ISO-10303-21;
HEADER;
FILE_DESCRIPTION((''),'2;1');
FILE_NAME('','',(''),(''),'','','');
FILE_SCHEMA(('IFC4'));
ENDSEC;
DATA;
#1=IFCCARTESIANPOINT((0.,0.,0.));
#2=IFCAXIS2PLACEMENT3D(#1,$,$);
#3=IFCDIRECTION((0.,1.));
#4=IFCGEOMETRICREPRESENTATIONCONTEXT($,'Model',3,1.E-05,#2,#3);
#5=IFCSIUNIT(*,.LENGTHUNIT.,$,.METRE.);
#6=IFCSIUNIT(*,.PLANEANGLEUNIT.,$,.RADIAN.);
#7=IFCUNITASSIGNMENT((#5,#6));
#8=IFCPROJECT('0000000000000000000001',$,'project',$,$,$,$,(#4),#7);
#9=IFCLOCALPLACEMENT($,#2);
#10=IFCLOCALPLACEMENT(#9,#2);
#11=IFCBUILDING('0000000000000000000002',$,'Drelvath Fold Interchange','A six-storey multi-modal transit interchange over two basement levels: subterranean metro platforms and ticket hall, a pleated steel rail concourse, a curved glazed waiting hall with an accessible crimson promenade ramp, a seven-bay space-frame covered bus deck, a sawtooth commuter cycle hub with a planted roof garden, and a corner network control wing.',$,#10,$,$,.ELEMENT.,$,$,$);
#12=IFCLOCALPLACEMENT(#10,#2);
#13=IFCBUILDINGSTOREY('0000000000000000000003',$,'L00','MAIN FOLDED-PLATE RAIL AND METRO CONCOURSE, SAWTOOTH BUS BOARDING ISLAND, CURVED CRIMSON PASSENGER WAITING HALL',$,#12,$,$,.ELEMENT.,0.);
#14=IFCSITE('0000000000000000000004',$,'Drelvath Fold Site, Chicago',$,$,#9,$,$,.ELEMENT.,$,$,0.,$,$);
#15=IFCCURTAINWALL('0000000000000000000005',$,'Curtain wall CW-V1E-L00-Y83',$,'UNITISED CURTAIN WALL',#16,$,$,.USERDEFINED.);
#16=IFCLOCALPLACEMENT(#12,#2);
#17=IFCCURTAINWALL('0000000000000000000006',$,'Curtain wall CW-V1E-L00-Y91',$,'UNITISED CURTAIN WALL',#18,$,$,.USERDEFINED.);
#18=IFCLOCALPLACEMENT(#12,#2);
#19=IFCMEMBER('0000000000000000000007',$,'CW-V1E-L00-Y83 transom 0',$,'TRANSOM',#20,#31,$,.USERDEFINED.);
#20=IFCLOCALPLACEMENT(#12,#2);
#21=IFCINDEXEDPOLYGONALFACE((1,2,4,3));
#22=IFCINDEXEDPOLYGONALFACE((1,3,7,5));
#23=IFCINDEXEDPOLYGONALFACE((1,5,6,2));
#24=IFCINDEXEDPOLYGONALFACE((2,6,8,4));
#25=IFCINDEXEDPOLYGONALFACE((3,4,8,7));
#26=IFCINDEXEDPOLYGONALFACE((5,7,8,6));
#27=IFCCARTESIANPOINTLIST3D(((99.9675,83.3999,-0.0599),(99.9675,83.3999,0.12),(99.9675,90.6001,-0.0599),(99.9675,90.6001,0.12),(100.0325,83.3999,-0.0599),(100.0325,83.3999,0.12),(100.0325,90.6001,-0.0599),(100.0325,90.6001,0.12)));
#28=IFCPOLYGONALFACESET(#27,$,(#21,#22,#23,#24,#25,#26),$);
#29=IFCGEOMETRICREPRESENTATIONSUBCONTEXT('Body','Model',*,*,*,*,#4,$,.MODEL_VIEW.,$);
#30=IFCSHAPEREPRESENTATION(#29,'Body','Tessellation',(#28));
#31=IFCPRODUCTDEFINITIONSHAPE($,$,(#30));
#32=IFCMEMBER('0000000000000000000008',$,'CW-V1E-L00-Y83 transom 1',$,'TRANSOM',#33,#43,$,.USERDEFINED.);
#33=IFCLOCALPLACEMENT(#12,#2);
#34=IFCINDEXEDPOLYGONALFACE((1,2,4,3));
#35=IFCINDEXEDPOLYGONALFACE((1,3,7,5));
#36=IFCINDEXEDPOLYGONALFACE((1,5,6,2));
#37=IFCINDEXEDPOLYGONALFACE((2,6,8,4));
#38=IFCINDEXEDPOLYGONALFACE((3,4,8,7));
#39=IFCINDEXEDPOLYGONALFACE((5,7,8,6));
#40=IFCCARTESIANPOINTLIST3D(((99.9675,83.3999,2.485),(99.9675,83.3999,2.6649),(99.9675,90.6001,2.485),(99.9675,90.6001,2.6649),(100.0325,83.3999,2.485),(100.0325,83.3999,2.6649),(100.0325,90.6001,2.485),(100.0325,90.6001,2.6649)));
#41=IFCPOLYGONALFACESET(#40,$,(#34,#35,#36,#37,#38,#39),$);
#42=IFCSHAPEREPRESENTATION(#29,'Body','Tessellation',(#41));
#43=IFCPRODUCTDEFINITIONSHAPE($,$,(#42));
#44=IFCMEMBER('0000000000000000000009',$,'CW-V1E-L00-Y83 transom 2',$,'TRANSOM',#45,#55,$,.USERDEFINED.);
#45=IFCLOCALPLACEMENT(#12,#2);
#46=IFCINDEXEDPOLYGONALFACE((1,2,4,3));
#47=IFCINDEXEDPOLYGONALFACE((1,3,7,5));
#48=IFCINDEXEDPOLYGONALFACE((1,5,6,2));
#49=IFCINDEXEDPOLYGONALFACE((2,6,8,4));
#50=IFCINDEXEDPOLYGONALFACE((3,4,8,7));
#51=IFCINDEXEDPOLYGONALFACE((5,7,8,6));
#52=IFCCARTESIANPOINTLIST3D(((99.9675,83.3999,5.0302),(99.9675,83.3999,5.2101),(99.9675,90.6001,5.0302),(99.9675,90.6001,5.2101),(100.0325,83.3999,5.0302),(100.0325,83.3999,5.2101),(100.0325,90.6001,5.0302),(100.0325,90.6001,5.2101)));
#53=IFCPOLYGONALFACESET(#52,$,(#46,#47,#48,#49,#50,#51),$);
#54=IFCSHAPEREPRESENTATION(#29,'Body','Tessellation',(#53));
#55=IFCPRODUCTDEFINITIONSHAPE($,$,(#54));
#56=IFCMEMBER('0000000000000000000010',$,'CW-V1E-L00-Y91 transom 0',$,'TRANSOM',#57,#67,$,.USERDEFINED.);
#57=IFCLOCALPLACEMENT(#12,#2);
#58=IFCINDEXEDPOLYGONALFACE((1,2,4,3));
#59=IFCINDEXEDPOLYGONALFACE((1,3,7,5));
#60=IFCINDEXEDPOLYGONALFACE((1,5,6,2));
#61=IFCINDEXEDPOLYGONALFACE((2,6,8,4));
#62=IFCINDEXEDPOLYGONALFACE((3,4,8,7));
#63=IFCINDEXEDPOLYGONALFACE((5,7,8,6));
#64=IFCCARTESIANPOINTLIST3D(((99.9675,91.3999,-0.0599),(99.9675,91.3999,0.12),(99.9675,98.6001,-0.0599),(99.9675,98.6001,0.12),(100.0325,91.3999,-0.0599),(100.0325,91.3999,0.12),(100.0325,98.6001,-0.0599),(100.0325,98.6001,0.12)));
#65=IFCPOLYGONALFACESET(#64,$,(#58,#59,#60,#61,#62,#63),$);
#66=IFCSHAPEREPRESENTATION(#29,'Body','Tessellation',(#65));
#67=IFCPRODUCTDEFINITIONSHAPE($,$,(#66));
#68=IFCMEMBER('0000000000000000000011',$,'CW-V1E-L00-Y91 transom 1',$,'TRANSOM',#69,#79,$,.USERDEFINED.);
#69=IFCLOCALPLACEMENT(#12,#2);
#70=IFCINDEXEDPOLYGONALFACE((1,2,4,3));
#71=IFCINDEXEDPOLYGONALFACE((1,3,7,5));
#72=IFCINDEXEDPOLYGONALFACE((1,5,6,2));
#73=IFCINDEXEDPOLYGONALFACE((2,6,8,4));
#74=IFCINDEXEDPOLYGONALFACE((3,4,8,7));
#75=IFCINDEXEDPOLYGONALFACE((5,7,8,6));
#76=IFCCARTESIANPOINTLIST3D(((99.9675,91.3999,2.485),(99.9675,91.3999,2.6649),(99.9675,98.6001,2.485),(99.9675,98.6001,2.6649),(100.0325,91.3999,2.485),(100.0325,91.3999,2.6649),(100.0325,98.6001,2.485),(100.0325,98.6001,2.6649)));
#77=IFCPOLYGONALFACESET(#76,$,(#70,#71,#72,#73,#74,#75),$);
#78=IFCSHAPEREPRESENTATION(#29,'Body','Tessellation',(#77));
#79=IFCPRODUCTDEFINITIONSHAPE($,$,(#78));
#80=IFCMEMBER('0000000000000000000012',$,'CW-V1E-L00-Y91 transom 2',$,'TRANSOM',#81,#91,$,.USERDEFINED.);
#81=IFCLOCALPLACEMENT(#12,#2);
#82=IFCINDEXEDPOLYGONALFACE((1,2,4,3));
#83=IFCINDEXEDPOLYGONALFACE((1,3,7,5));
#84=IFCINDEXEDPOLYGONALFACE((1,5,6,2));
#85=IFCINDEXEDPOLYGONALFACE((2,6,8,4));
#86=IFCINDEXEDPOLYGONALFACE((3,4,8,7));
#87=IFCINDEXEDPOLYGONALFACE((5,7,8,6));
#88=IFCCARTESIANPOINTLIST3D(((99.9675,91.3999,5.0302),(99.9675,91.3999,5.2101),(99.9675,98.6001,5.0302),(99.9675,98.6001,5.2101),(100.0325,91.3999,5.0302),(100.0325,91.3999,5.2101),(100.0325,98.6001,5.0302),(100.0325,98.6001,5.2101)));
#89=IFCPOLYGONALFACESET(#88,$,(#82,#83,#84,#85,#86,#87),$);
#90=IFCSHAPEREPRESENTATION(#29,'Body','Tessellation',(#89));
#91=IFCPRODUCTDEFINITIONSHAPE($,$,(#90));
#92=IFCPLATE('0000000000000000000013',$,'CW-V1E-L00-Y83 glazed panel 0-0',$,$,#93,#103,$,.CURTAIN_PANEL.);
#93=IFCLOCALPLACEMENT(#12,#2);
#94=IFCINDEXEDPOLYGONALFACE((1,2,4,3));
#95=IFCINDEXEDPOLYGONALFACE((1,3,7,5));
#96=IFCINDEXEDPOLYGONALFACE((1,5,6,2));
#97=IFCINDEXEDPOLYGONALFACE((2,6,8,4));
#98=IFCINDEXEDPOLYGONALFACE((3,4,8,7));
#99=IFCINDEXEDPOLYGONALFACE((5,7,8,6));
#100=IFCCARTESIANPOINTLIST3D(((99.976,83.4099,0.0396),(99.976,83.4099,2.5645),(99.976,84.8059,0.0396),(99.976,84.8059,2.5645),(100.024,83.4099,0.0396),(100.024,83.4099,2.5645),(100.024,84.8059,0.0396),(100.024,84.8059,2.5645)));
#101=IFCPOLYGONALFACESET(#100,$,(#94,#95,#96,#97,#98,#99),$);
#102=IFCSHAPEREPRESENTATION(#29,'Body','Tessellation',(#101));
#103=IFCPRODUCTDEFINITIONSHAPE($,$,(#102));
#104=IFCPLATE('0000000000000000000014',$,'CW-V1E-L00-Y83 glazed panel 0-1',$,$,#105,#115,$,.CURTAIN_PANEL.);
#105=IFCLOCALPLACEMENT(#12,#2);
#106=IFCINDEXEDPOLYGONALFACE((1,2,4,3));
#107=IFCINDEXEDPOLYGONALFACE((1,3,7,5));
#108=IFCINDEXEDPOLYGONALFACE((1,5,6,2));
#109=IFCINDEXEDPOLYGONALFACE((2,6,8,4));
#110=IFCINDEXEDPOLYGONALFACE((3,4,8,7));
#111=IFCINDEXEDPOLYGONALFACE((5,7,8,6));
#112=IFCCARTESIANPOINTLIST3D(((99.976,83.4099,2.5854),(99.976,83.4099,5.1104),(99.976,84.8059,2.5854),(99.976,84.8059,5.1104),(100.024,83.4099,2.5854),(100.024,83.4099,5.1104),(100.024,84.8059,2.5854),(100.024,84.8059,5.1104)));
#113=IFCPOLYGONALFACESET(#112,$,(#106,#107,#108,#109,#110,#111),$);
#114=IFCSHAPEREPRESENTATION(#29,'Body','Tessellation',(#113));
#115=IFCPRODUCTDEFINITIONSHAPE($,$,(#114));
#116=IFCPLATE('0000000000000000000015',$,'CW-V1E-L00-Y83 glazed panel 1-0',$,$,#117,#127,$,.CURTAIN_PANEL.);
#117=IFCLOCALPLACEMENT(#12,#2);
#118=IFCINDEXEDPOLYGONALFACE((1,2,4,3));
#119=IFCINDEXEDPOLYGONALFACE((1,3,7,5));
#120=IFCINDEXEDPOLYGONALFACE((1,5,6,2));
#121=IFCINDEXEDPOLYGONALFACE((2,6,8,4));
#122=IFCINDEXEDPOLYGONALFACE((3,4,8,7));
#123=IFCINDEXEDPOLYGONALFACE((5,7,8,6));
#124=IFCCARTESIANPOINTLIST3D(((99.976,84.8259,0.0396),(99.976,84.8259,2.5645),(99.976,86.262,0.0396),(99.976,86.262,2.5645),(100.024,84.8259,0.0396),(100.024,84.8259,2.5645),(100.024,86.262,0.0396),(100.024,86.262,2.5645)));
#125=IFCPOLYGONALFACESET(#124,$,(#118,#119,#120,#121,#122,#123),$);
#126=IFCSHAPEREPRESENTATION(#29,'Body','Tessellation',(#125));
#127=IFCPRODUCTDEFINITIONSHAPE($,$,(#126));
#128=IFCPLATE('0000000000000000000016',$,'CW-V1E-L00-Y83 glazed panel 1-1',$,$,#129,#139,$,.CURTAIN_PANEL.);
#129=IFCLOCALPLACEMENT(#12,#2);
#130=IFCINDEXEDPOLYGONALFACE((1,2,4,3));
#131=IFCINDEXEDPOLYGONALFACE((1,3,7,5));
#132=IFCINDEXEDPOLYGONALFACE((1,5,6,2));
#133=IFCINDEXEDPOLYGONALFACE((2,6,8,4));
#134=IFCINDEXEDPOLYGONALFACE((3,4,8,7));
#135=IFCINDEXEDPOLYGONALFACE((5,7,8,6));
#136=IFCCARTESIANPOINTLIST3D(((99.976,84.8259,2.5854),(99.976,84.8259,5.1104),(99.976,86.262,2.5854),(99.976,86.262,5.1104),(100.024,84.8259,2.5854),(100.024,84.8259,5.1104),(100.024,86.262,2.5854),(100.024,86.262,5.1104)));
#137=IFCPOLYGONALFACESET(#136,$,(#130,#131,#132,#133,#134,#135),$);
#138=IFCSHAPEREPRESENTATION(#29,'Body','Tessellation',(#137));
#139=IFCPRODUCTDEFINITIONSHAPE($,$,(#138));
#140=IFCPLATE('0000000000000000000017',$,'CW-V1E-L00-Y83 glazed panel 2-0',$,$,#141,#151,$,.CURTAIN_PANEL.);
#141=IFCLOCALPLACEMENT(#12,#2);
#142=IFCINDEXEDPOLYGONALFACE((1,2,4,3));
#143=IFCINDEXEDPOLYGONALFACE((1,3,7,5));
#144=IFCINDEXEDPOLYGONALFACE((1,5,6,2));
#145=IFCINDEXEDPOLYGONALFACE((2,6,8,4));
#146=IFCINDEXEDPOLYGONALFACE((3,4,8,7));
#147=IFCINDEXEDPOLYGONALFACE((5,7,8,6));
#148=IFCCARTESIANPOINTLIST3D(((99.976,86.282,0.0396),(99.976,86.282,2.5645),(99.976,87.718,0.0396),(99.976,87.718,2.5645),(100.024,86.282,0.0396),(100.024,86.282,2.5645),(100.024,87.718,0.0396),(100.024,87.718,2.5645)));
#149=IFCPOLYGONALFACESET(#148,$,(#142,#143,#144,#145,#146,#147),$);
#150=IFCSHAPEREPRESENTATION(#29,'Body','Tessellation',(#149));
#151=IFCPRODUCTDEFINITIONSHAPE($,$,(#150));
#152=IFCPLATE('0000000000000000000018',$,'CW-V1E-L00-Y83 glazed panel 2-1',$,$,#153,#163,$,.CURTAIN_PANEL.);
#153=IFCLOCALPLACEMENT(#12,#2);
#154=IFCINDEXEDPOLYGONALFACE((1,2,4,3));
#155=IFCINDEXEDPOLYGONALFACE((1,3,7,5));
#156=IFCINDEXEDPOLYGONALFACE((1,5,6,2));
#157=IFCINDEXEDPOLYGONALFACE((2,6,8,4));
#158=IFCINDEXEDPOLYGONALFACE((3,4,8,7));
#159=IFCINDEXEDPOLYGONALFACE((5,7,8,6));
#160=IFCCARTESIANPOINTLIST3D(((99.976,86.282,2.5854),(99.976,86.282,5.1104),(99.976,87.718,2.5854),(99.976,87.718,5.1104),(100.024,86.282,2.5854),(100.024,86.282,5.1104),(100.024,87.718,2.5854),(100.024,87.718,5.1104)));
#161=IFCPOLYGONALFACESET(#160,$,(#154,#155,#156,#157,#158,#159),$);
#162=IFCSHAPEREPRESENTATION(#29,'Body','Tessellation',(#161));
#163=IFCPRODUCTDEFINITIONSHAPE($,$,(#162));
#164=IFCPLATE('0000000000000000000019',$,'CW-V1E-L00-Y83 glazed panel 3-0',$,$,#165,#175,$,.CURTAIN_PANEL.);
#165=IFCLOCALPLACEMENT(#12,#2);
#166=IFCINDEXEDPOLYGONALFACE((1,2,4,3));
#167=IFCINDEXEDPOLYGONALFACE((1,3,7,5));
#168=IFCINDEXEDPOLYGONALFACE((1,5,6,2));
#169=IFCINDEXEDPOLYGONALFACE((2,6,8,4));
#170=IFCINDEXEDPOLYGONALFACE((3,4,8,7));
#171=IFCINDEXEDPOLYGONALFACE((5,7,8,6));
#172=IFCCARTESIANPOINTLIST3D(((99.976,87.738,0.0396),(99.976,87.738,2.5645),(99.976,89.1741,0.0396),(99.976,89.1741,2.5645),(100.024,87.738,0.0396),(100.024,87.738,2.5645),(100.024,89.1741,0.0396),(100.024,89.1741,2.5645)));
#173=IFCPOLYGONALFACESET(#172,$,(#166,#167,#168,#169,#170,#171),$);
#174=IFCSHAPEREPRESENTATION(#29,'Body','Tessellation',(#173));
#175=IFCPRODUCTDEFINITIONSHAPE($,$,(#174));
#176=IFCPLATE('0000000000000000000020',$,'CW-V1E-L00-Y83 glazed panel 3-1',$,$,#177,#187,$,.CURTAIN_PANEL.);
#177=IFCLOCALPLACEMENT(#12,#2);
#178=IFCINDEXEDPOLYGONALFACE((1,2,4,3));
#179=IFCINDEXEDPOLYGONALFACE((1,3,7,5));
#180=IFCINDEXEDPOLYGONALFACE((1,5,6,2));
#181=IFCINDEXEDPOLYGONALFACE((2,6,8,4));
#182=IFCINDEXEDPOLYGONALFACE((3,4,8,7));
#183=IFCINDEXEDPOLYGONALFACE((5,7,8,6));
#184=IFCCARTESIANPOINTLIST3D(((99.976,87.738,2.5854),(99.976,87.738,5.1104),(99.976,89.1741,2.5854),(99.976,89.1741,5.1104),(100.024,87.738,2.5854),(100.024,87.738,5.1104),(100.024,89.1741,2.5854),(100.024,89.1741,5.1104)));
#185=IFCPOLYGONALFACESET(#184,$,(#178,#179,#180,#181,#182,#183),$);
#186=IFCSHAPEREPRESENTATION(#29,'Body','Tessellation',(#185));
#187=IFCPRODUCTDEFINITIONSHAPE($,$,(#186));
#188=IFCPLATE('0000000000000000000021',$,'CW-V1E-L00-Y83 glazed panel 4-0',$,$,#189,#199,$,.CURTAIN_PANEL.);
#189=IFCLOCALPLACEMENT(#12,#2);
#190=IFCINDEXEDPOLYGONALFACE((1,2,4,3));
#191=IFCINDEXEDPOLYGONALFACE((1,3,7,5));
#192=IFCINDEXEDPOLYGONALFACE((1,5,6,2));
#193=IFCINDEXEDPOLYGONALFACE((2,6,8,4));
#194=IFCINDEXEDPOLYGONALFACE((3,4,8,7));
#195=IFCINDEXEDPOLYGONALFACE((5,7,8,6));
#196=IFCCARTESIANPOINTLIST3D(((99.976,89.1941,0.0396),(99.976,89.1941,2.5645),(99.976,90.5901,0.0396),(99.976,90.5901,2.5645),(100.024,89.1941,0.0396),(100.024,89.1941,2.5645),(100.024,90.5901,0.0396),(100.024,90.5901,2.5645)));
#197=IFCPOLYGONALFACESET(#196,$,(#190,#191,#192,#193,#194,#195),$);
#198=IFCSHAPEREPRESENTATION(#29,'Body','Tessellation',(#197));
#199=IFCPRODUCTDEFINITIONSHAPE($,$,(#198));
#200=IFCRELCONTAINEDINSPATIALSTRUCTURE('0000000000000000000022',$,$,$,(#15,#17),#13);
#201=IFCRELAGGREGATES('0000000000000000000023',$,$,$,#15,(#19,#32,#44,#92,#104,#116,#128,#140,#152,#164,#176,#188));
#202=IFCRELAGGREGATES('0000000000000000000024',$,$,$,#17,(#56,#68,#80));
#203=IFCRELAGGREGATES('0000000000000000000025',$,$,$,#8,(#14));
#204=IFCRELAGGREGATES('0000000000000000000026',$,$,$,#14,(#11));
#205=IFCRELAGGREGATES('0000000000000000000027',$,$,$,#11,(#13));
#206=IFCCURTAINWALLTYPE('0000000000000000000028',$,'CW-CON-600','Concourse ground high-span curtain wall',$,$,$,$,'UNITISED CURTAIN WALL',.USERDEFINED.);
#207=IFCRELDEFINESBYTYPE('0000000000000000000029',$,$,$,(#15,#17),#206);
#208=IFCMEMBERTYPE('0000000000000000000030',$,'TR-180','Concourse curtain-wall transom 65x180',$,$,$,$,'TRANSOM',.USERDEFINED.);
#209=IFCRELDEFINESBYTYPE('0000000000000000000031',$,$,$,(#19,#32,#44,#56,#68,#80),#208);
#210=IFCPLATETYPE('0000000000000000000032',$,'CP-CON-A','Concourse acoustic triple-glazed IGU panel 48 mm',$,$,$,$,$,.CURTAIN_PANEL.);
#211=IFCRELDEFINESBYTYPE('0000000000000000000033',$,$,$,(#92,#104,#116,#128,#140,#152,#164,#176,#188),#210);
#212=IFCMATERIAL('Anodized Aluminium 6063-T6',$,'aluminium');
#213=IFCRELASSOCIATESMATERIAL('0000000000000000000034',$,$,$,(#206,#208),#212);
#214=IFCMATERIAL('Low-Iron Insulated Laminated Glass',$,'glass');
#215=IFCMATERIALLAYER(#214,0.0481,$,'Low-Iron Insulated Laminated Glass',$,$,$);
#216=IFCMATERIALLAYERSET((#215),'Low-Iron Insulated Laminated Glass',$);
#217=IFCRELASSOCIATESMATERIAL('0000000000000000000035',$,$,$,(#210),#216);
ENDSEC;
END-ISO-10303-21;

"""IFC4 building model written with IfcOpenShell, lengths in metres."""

from ifc_helpers import new_model, si_unit, direction, frame, origin, origin_2d, place, context, subcontext, project, spatial, rectangle, extrude, material, layer, layer_set, material_profile, profile_set, type_object, element, aggregate, save


model = new_model("IFC4")

# Units and contexts
model_context = context("Model", 3, precision=1e-05, world=origin(), true_north=direction((0.0, 1.0)))
body_context = subcontext(model_context, "Body", "Model", "MODEL_VIEW")
ifc_project = project(units=[si_unit("LENGTHUNIT", "METRE"), si_unit("PLANEANGLEUNIT", "RADIAN")], contexts=[model_context])

# Site, building, storey
site_placement = place(None, origin())
site = spatial("IfcSite", under=ifc_project, at=site_placement, Name="Drelvath Fold Site, Chicago", CompositionType="ELEMENT", RefElevation=0.0)
building_placement = place(site_placement, origin())
building = spatial("IfcBuilding", under=site, at=building_placement, Name="Drelvath Fold Interchange", Description="A six-storey multi-modal transit interchange over two basement levels: subterranean metro platforms and ticket hall, a pleated steel rail concourse, a curved glazed waiting hall with an accessible crimson promenade ramp, a seven-bay space-frame covered bus deck, a sawtooth commuter cycle hub with a planted roof garden, and a corner network control wing.", CompositionType="ELEMENT")
storey_placement = place(building_placement, origin())
storey = spatial("IfcBuildingStorey", under=building, at=storey_placement, Name="L00", Description="MAIN FOLDED-PLATE RAIL AND METRO CONCOURSE, SAWTOOTH BUS BOARDING ISLAND, CURVED CRIMSON PASSENGER WAITING HALL", CompositionType="ELEMENT", Elevation=0.0)

# Curtain walls
ifc_material_1 = material(Name="Anodized Aluminium 6063-T6", Category="aluminium")
curtain_wall_type = type_object("IfcCurtainWallType", Name="CW-CON-600", Description="Concourse ground high-span curtain wall", ElementType="UNITISED CURTAIN WALL", PredefinedType="USERDEFINED", material=ifc_material_1)
curtain_wall_1_placement = place(storey_placement, origin())
curtain_wall_1 = element("IfcCurtainWall", 1, at=curtain_wall_1_placement, inside=storey, type_object=curtain_wall_type, Name="Curtain wall CW-V1E-L00-Y83", ObjectType="UNITISED CURTAIN WALL", PredefinedType="USERDEFINED")
curtain_wall_2_placement = place(storey_placement, origin())
curtain_wall_2 = element("IfcCurtainWall", 2, at=curtain_wall_2_placement, inside=storey, type_object=curtain_wall_type, Name="Curtain wall CW-V1E-L00-Y91", ObjectType="UNITISED CURTAIN WALL", PredefinedType="USERDEFINED")

# Members
ifc_material_profile_1 = material_profile(ifc_material_1, rectangle(XDim=0.0649, YDim=0.1799, at=origin_2d()), Name="AL-T 65x180")
ifc_profile_set_1 = profile_set([ifc_material_profile_1], Name="Anodized Aluminium 6063-T6")
member_type_1 = type_object("IfcMemberType", Name="TR-180", Description="Concourse curtain-wall transom 65x180", ElementType="TRANSOM", PredefinedType="USERDEFINED", material=ifc_profile_set_1)
member_1_placement = place(storey_placement, frame((100.0, 83.3999, 0.03), z_axis=(0.0, 1.0, 0.0), x_axis=(-1.0, 0.0, 0.0)))
member_1 = element("IfcMember", 3, at=member_1_placement, type_object=member_type_1, Name="CW-V1E-L00-Y83 transom 0", ObjectType="TRANSOM", PredefinedType="USERDEFINED", context=body_context, shape_type="SweptSolid", body=[
    extrude(rectangle(XDim=0.0649, YDim=0.1799, at=origin_2d()), origin(), (0.0, 0.0, 1.0), 7.2002),
])
member_2_placement = place(storey_placement, frame((100.0, 83.3999, 2.575), z_axis=(0.0, 1.0, 0.0), x_axis=(-1.0, 0.0, 0.0)))
member_2 = element("IfcMember", 4, at=member_2_placement, type_object=member_type_1, Name="CW-V1E-L00-Y83 transom 1", ObjectType="TRANSOM", PredefinedType="USERDEFINED", context=body_context, shape_type="SweptSolid", body=[
    extrude(rectangle(XDim=0.0649, YDim=0.1799, at=origin_2d()), origin(), (0.0, 0.0, 1.0), 7.2002),
])
member_3_placement = place(storey_placement, frame((100.0, 83.3999, 5.1201), z_axis=(0.0, 1.0, 0.0), x_axis=(-1.0, 0.0, 0.0)))
member_3 = element("IfcMember", 5, at=member_3_placement, type_object=member_type_1, Name="CW-V1E-L00-Y83 transom 2", ObjectType="TRANSOM", PredefinedType="USERDEFINED", context=body_context, shape_type="SweptSolid", body=[
    extrude(rectangle(XDim=0.0649, YDim=0.1799, at=origin_2d()), origin(), (0.0, 0.0, 1.0), 7.2002),
])
member_4_placement = place(storey_placement, frame((100.0, 91.3999, 0.03), z_axis=(0.0, 1.0, 0.0), x_axis=(-1.0, 0.0, 0.0)))
member_4 = element("IfcMember", 6, at=member_4_placement, type_object=member_type_1, Name="CW-V1E-L00-Y91 transom 0", ObjectType="TRANSOM", PredefinedType="USERDEFINED", context=body_context, shape_type="SweptSolid", body=[
    extrude(rectangle(XDim=0.0649, YDim=0.1799, at=origin_2d()), origin(), (0.0, 0.0, 1.0), 7.2002),
])
member_5_placement = place(storey_placement, frame((100.0, 91.3999, 2.575), z_axis=(0.0, 1.0, 0.0), x_axis=(-1.0, 0.0, 0.0)))
member_5 = element("IfcMember", 7, at=member_5_placement, type_object=member_type_1, Name="CW-V1E-L00-Y91 transom 1", ObjectType="TRANSOM", PredefinedType="USERDEFINED", context=body_context, shape_type="SweptSolid", body=[
    extrude(rectangle(XDim=0.0649, YDim=0.1799, at=origin_2d()), origin(), (0.0, 0.0, 1.0), 7.2002),
])
member_6_placement = place(storey_placement, frame((100.0, 91.3999, 5.1201), z_axis=(0.0, 1.0, 0.0), x_axis=(-1.0, 0.0, 0.0)))
member_6 = element("IfcMember", 8, at=member_6_placement, type_object=member_type_1, Name="CW-V1E-L00-Y91 transom 2", ObjectType="TRANSOM", PredefinedType="USERDEFINED", context=body_context, shape_type="SweptSolid", body=[
    extrude(rectangle(XDim=0.0649, YDim=0.1799, at=origin_2d()), origin(), (0.0, 0.0, 1.0), 7.2002),
])

# Plates
ifc_material_2 = material(Name="Low-Iron Insulated Laminated Glass", Category="glass")
ifc_layer = layer(ifc_material_2, 0.0481, Name="Low-Iron Insulated Laminated Glass")
ifc_layer_set = layer_set([ifc_layer], Name="Low-Iron Insulated Laminated Glass")
plate_type = type_object("IfcPlateType", Name="CP-CON-A", Description="Concourse acoustic triple-glazed IGU panel 48 mm", PredefinedType="CURTAIN_PANEL", material=ifc_layer_set)
plate_1_placement = place(storey_placement, frame((100.0, 84.1079, 0.0396), z_axis=(0.0, 0.0, 1.0), x_axis=(0.0, 1.0, 0.0)))
plate_1 = element("IfcPlate", 9, at=plate_1_placement, type_object=plate_type, Name="CW-V1E-L00-Y83 glazed panel 0-0", PredefinedType="CURTAIN_PANEL", context=body_context, shape_type="SweptSolid", body=[
    extrude(rectangle(XDim=1.396, YDim=0.0481, at=origin_2d()), origin(), (0.0, 0.0, 1.0), 2.5249),
])
plate_2_placement = place(storey_placement, frame((100.0, 84.1079, 2.5854), z_axis=(0.0, 0.0, 1.0), x_axis=(0.0, 1.0, 0.0)))
plate_2 = element("IfcPlate", 10, at=plate_2_placement, type_object=plate_type, Name="CW-V1E-L00-Y83 glazed panel 0-1", PredefinedType="CURTAIN_PANEL", context=body_context, shape_type="SweptSolid", body=[
    extrude(rectangle(XDim=1.396, YDim=0.0481, at=origin_2d()), origin(), (0.0, 0.0, 1.0), 2.5249),
])
plate_3_placement = place(storey_placement, frame((100.0, 85.5439, 0.0396), z_axis=(0.0, 0.0, 1.0), x_axis=(0.0, 1.0, 0.0)))
plate_3 = element("IfcPlate", 11, at=plate_3_placement, type_object=plate_type, Name="CW-V1E-L00-Y83 glazed panel 1-0", PredefinedType="CURTAIN_PANEL", context=body_context, shape_type="SweptSolid", body=[
    extrude(rectangle(XDim=1.436, YDim=0.0481, at=origin_2d()), origin(), (0.0, 0.0, 1.0), 2.5249),
])
plate_4_placement = place(storey_placement, frame((100.0, 85.5439, 2.5854), z_axis=(0.0, 0.0, 1.0), x_axis=(0.0, 1.0, 0.0)))
plate_4 = element("IfcPlate", 12, at=plate_4_placement, type_object=plate_type, Name="CW-V1E-L00-Y83 glazed panel 1-1", PredefinedType="CURTAIN_PANEL", context=body_context, shape_type="SweptSolid", body=[
    extrude(rectangle(XDim=1.436, YDim=0.0481, at=origin_2d()), origin(), (0.0, 0.0, 1.0), 2.5249),
])
plate_5_placement = place(storey_placement, frame((100.0, 87.0, 0.0396), z_axis=(0.0, 0.0, 1.0), x_axis=(0.0, 1.0, 0.0)))
plate_5 = element("IfcPlate", 13, at=plate_5_placement, type_object=plate_type, Name="CW-V1E-L00-Y83 glazed panel 2-0", PredefinedType="CURTAIN_PANEL", context=body_context, shape_type="SweptSolid", body=[
    extrude(rectangle(XDim=1.436, YDim=0.0481, at=origin_2d()), origin(), (0.0, 0.0, 1.0), 2.5249),
])
plate_6_placement = place(storey_placement, frame((100.0, 87.0, 2.5854), z_axis=(0.0, 0.0, 1.0), x_axis=(0.0, 1.0, 0.0)))
plate_6 = element("IfcPlate", 14, at=plate_6_placement, type_object=plate_type, Name="CW-V1E-L00-Y83 glazed panel 2-1", PredefinedType="CURTAIN_PANEL", context=body_context, shape_type="SweptSolid", body=[
    extrude(rectangle(XDim=1.436, YDim=0.0481, at=origin_2d()), origin(), (0.0, 0.0, 1.0), 2.5249),
])
plate_7_placement = place(storey_placement, frame((100.0, 88.4561, 0.0396), z_axis=(0.0, 0.0, 1.0), x_axis=(0.0, 1.0, 0.0)))
plate_7 = element("IfcPlate", 15, at=plate_7_placement, type_object=plate_type, Name="CW-V1E-L00-Y83 glazed panel 3-0", PredefinedType="CURTAIN_PANEL", context=body_context, shape_type="SweptSolid", body=[
    extrude(rectangle(XDim=1.436, YDim=0.0481, at=origin_2d()), origin(), (0.0, 0.0, 1.0), 2.5249),
])
plate_8_placement = place(storey_placement, frame((100.0, 88.4561, 2.5854), z_axis=(0.0, 0.0, 1.0), x_axis=(0.0, 1.0, 0.0)))
plate_8 = element("IfcPlate", 16, at=plate_8_placement, type_object=plate_type, Name="CW-V1E-L00-Y83 glazed panel 3-1", PredefinedType="CURTAIN_PANEL", context=body_context, shape_type="SweptSolid", body=[
    extrude(rectangle(XDim=1.436, YDim=0.0481, at=origin_2d()), origin(), (0.0, 0.0, 1.0), 2.5249),
])
plate_9_placement = place(storey_placement, frame((100.0, 89.8921, 0.0396), z_axis=(0.0, 0.0, 1.0), x_axis=(0.0, 1.0, 0.0)))
plate_9 = element("IfcPlate", 17, at=plate_9_placement, type_object=plate_type, Name="CW-V1E-L00-Y83 glazed panel 4-0", PredefinedType="CURTAIN_PANEL", context=body_context, shape_type="SweptSolid", body=[
    extrude(rectangle(XDim=1.396, YDim=0.0481, at=origin_2d()), origin(), (0.0, 0.0, 1.0), 2.5249),
])
aggregate(curtain_wall_1, [member_1, member_2, member_3, plate_1, plate_2, plate_3, plate_4, plate_5, plate_6, plate_7, plate_8, plate_9])
aggregate(curtain_wall_2, [member_4, member_5, member_6])

save(model, "model.ifc")
